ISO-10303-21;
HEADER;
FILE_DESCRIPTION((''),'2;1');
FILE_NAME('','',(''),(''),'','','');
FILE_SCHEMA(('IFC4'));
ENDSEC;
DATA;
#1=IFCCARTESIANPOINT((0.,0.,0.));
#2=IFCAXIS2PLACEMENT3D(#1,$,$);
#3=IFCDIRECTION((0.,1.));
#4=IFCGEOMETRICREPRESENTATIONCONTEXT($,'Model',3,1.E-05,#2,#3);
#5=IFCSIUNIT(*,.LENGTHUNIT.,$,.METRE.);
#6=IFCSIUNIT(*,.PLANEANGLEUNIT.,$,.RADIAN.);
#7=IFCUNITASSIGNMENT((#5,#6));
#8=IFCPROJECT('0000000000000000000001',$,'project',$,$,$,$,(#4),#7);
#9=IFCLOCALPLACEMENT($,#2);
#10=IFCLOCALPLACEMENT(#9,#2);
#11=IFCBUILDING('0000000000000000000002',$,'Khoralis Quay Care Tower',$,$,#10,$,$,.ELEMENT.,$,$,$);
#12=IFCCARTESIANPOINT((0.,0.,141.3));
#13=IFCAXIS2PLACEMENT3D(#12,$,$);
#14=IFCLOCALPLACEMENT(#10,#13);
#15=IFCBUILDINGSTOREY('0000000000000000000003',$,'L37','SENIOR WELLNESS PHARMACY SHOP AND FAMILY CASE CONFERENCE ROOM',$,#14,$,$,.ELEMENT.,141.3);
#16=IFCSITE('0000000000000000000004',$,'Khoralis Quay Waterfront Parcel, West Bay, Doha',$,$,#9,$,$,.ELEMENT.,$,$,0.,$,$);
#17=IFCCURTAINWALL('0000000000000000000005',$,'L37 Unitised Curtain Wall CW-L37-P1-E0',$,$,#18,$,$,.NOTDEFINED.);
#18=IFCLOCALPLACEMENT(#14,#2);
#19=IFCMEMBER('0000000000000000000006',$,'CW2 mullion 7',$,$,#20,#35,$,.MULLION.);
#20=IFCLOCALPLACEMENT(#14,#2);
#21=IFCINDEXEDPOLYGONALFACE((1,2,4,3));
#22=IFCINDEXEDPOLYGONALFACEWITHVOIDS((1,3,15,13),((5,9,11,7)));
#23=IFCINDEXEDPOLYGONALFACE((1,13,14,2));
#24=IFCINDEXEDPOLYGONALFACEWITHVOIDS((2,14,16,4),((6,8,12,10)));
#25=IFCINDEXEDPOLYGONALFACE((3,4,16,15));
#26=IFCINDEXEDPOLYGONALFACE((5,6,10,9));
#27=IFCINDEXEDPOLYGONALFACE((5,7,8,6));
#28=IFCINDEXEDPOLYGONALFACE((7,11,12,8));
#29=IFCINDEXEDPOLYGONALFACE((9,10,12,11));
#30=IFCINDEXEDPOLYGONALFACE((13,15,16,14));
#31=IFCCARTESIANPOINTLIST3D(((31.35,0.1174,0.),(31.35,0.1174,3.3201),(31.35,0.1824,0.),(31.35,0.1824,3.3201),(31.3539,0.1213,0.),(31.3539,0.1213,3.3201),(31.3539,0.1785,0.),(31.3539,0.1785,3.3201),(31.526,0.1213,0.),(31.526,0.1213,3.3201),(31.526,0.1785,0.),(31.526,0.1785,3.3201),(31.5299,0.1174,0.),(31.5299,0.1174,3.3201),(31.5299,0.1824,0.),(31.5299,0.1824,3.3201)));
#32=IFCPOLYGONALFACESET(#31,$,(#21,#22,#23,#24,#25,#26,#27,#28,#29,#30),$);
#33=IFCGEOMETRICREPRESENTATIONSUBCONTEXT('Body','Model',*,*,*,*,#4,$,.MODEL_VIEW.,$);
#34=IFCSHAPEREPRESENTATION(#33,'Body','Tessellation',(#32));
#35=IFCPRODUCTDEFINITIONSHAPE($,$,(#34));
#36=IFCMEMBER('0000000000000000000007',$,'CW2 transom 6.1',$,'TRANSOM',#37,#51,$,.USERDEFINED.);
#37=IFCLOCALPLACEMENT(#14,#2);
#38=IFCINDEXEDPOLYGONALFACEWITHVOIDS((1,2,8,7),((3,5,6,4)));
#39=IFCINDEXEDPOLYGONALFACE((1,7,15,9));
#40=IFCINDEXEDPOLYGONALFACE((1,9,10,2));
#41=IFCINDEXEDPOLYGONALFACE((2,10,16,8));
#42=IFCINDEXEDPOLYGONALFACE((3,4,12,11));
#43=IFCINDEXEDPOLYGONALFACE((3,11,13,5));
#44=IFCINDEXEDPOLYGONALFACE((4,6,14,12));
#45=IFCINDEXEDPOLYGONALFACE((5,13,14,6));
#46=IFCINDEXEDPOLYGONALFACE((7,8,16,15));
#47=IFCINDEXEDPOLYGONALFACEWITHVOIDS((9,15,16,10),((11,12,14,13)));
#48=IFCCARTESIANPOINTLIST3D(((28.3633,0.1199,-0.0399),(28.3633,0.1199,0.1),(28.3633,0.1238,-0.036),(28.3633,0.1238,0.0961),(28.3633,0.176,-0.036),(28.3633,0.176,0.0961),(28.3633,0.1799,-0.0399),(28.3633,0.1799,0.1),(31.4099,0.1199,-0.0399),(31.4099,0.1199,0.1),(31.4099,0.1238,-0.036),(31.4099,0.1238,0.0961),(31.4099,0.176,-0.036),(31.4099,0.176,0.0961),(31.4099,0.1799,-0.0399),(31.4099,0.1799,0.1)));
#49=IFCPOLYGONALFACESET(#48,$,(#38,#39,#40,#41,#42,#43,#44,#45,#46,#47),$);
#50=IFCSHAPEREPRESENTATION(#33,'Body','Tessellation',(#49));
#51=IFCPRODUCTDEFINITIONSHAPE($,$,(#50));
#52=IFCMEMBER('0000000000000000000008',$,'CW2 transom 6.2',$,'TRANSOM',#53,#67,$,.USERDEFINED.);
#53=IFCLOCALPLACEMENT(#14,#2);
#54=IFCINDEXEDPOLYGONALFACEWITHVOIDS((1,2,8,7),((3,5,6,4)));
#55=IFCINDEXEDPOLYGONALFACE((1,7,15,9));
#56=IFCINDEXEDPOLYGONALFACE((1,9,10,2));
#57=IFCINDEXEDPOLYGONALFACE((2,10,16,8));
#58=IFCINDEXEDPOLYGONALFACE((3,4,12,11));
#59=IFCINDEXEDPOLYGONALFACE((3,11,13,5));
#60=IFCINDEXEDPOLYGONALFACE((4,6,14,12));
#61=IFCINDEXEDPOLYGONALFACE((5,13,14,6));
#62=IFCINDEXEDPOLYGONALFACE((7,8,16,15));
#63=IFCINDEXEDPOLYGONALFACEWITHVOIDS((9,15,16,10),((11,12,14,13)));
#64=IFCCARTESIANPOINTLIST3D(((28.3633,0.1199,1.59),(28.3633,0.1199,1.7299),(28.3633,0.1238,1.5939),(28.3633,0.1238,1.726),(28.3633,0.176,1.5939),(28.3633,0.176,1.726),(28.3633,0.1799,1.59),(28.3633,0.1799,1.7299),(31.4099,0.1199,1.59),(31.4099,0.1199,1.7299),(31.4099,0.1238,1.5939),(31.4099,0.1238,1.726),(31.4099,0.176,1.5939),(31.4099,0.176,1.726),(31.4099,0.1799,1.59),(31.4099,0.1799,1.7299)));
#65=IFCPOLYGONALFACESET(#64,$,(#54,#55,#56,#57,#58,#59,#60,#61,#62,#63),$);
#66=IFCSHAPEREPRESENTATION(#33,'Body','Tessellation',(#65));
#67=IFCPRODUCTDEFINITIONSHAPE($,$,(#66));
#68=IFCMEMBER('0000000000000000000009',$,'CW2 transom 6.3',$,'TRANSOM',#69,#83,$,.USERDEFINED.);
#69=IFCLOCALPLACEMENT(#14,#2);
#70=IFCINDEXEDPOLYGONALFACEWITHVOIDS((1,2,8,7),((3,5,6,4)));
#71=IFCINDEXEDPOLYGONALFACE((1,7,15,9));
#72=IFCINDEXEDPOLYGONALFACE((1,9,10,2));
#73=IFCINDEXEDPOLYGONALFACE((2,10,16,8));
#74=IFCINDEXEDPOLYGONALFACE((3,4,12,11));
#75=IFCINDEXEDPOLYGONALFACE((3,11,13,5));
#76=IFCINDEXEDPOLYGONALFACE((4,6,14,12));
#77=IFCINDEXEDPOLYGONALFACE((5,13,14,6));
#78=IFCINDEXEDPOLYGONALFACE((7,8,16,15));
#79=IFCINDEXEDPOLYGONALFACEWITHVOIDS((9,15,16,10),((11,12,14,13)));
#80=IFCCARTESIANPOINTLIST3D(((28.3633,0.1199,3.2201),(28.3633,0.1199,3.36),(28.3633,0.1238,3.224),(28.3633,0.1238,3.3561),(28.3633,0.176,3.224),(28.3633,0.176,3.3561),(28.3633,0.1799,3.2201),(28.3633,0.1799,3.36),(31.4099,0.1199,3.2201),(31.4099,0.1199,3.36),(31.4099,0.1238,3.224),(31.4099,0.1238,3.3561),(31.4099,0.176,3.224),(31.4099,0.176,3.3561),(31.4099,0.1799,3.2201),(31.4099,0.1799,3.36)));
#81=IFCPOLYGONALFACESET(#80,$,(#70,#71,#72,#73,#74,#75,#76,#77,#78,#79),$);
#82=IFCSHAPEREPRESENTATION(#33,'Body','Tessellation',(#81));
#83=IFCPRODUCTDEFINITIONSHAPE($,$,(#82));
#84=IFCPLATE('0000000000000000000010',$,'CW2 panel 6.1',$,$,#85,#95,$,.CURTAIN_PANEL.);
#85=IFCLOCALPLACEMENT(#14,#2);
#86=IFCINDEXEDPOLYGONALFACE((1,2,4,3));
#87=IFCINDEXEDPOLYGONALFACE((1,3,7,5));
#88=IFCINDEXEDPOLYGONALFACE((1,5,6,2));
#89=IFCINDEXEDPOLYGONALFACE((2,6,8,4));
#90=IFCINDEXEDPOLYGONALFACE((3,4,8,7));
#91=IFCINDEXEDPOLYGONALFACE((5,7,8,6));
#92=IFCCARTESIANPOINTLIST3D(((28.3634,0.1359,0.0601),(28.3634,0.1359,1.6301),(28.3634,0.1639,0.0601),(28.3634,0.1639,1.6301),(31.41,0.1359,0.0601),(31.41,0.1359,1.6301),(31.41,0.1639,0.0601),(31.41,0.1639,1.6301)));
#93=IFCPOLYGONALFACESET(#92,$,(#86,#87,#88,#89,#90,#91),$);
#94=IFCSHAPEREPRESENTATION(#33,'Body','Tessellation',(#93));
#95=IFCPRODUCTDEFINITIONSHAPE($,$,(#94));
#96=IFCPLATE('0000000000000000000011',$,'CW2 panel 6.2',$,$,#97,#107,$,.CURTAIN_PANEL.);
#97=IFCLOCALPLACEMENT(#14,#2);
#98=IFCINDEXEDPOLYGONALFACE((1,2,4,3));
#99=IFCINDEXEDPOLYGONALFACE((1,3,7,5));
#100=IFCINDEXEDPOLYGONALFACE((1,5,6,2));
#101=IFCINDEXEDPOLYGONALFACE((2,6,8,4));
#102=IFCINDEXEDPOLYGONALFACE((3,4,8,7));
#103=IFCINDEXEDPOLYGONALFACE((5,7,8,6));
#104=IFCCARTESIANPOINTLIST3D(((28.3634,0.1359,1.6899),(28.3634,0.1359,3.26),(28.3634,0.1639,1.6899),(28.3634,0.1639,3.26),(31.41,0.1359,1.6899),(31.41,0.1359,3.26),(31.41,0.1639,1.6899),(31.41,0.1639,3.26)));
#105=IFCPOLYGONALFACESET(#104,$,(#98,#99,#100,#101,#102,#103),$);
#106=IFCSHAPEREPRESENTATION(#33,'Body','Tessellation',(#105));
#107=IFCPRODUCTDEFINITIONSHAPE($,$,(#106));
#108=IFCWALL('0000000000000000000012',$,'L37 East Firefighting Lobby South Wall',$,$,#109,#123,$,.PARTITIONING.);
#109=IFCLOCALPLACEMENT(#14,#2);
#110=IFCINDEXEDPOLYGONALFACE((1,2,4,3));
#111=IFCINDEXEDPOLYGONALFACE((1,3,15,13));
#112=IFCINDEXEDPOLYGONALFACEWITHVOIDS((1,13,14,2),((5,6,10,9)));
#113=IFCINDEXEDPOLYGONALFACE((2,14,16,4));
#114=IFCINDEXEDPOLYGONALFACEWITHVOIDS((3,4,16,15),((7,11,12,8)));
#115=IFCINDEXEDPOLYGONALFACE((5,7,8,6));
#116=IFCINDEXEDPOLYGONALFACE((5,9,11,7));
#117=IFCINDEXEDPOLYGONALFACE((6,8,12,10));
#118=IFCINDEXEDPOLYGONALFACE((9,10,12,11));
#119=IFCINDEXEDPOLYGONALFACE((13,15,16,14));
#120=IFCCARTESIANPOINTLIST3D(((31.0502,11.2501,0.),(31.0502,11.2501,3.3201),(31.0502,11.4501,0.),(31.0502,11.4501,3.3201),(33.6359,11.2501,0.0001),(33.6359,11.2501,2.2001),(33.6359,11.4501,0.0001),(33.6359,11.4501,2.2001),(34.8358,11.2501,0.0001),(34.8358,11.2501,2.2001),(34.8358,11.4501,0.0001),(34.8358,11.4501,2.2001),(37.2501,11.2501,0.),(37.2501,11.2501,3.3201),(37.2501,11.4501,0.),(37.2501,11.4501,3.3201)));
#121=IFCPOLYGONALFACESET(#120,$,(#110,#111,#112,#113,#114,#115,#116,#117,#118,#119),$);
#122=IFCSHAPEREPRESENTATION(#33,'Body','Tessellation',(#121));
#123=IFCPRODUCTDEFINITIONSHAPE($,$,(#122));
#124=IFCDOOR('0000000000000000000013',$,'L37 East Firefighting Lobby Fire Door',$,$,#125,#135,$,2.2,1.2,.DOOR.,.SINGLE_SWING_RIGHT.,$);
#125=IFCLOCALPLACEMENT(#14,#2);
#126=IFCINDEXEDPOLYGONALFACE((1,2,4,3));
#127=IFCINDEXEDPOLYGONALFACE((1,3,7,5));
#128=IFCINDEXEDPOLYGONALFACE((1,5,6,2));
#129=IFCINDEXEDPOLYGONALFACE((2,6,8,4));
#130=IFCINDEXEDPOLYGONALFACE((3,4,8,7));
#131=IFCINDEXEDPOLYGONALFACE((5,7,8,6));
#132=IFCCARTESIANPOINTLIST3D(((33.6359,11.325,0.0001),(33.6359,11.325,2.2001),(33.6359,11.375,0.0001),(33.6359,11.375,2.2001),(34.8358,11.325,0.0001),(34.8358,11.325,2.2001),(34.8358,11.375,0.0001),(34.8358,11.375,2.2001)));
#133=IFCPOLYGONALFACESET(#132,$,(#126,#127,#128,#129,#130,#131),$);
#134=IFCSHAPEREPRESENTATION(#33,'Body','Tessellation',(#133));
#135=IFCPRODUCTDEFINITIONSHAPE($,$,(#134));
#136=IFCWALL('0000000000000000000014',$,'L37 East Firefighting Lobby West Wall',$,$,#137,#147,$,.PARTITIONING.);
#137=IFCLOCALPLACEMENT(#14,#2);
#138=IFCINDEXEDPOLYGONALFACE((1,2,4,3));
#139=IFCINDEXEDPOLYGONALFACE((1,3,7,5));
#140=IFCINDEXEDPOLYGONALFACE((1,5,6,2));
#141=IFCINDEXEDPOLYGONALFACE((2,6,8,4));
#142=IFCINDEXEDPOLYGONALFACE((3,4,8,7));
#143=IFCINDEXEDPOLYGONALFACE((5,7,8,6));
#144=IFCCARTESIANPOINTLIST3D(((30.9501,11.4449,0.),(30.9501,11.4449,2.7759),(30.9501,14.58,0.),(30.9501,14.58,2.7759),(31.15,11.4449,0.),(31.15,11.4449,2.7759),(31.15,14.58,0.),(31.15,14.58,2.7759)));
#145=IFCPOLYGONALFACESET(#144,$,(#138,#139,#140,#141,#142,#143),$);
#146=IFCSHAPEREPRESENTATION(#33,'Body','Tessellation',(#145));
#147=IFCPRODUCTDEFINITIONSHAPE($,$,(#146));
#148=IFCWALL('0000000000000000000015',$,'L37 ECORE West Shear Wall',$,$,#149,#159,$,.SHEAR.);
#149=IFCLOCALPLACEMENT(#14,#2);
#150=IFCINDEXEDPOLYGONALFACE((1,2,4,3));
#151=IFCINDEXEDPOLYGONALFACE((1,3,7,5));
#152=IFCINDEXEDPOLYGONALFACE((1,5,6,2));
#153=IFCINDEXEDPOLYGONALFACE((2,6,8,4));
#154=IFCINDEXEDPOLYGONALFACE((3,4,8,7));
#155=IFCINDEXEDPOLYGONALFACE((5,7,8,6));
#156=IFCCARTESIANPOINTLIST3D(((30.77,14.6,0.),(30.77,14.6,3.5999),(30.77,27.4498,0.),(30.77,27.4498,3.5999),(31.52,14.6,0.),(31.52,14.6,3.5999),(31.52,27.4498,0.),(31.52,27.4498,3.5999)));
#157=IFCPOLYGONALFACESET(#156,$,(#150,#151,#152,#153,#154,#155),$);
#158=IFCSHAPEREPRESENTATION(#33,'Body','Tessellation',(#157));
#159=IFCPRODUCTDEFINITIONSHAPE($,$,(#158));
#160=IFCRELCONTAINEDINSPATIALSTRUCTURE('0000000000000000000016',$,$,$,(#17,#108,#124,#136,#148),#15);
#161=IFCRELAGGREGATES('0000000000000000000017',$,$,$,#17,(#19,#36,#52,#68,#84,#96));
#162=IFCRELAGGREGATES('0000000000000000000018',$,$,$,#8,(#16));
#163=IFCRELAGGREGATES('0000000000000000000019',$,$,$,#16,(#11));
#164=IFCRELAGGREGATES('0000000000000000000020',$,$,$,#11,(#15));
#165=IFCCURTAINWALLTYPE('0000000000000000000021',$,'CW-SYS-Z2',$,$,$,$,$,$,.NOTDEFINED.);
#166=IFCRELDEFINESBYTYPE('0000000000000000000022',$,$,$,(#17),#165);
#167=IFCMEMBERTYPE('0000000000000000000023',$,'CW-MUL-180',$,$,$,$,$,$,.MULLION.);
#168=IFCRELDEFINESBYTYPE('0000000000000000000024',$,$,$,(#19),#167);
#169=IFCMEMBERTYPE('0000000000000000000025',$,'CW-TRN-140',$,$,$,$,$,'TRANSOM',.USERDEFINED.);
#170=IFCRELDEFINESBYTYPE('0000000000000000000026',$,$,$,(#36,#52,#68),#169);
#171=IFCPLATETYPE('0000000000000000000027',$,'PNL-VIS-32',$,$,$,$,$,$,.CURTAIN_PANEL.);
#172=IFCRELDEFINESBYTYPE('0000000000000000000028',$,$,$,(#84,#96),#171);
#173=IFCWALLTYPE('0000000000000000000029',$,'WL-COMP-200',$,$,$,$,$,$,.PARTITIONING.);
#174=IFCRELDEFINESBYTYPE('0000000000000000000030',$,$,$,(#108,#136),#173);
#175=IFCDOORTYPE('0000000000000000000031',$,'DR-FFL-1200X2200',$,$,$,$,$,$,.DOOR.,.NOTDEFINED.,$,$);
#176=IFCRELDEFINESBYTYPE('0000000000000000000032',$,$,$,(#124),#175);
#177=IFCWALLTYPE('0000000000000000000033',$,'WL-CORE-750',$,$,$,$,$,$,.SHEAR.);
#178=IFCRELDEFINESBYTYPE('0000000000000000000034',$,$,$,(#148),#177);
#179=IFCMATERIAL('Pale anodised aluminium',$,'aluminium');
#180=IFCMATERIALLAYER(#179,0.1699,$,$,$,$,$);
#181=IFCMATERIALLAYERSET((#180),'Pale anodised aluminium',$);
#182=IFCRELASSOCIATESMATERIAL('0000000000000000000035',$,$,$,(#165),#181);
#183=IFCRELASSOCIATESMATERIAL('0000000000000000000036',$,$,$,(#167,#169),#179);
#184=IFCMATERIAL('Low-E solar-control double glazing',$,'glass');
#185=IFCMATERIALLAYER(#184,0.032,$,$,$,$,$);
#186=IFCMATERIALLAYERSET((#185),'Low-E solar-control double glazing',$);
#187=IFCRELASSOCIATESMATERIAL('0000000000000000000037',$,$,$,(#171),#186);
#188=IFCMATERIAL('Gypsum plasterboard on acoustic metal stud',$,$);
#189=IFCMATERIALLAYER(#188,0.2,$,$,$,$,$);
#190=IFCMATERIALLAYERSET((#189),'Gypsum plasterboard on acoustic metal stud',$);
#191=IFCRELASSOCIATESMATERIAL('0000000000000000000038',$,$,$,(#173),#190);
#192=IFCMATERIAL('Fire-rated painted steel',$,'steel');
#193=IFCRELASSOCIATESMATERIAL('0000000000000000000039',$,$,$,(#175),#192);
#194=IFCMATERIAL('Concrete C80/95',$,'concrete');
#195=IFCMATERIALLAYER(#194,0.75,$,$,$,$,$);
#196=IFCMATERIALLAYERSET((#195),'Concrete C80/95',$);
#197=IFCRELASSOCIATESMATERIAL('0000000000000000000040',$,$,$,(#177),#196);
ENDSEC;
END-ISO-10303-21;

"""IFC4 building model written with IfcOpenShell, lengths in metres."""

from ifc_helpers import new_model, si_unit, direction, frame, frame_2d, origin, origin_2d, place, context, subcontext, project, spatial, rectangle, hollow_rectangle, extrude, source, transform, mapped, material, layer, layer_set, material_profile, profile_set, type_object, element, fill, aggregate, save


model = new_model("IFC4")

# Units and contexts
model_context = context("Model", 3, precision=1e-05, world=origin(), true_north=direction((0.0, 1.0)))
body_context = subcontext(model_context, "Body", "Model", "MODEL_VIEW")
ifc_project = project(units=[si_unit("LENGTHUNIT", "METRE"), si_unit("PLANEANGLEUNIT", "RADIAN")], contexts=[model_context])

# Site, building, storey
site_placement = place(None, origin())
site = spatial("IfcSite", under=ifc_project, at=site_placement, Name="Khoralis Quay Waterfront Parcel, West Bay, Doha", CompositionType="ELEMENT", RefElevation=0.0)
building_placement = place(site_placement, origin())
building = spatial("IfcBuilding", under=site, at=building_placement, Name="Khoralis Quay Care Tower", CompositionType="ELEMENT")
storey_placement = place(building_placement, frame((0.0, 0.0, 141.3)))
storey = spatial("IfcBuildingStorey", under=building, at=storey_placement, Name="L37", Description="SENIOR WELLNESS PHARMACY SHOP AND FAMILY CASE CONFERENCE ROOM", CompositionType="ELEMENT", Elevation=141.3)

# Curtain wall, members, plates
ifc_material_1 = material(Name="Pale anodised aluminium", Category="aluminium")
ifc_layer_1 = layer(ifc_material_1, 0.1699)
ifc_layer_set_1 = layer_set([ifc_layer_1], Name="Pale anodised aluminium")
curtain_wall_type = type_object("IfcCurtainWallType", Name="CW-SYS-Z2", PredefinedType="NOTDEFINED", material=ifc_layer_set_1)
curtain_wall_placement = place(storey_placement, origin())
curtain_wall = element("IfcCurtainWall", 1, at=curtain_wall_placement, inside=storey, type_object=curtain_wall_type, Name="L37 Unitised Curtain Wall CW-L37-P1-E0", PredefinedType="NOTDEFINED")
ifc_material_profile_1 = material_profile(ifc_material_1, hollow_rectangle(XDim=0.0649, YDim=0.1799, WallThickness=0.0039, at=origin_2d()), Name="Pale anodised aluminium")
ifc_profile_set_1 = profile_set([ifc_material_profile_1], Name="Pale anodised aluminium")
member_type_1 = type_object("IfcMemberType", Name="CW-MUL-180", PredefinedType="MULLION", material=ifc_profile_set_1)
shared_shape_1 = source(origin(), body_context, "Body", "SweptSolid", [
    extrude(hollow_rectangle(XDim=0.0649, YDim=0.1799, WallThickness=0.0039, at=origin_2d()), origin(), (0.0, 0.0, 1.0), 3.3201),
])
member_1_placement = place(storey_placement, frame((31.4399, 0.1499, 0.0), z_axis=(0.0, 0.0, 1.0), x_axis=(0.0, 1.0, 0.0)))
member_1 = element("IfcMember", 2, at=member_1_placement, type_object=member_type_1, Name="CW2 mullion 7", PredefinedType="MULLION", context=body_context, shape_type="MappedRepresentation", body=[
    mapped(shared_shape_1, transform((0.0, 0.0, 0.0), scale=1.0)),
])
ifc_material_profile_2 = material_profile(ifc_material_1, hollow_rectangle(XDim=0.0601, YDim=0.1399, WallThickness=0.0039, at=origin_2d()), Name="Pale anodised aluminium")
ifc_profile_set_2 = profile_set([ifc_material_profile_2], Name="Pale anodised aluminium")
member_type_2 = type_object("IfcMemberType", Name="CW-TRN-140", ElementType="TRANSOM", PredefinedType="USERDEFINED", material=ifc_profile_set_2)
shared_shape_2 = source(origin(), body_context, "Body", "SweptSolid", [
    extrude(hollow_rectangle(XDim=0.0601, YDim=0.1399, WallThickness=0.0039, at=origin_2d()), origin(), (0.0, 0.0, 1.0), 3.0466),
])
member_2_placement = place(storey_placement, frame((28.3633, 0.1499, 0.03), z_axis=(1.0, 0.0, 0.0), x_axis=(0.0, 1.0, 0.0)))
member_2 = element("IfcMember", 3, at=member_2_placement, type_object=member_type_2, Name="CW2 transom 6.1", ObjectType="TRANSOM", PredefinedType="USERDEFINED", context=body_context, shape_type="MappedRepresentation", body=[
    mapped(shared_shape_2, transform((0.0, 0.0, 0.0), scale=1.0)),
])
member_3_placement = place(storey_placement, frame((28.3633, 0.1499, 1.6599), z_axis=(1.0, 0.0, 0.0), x_axis=(0.0, 1.0, 0.0)))
member_3 = element("IfcMember", 4, at=member_3_placement, type_object=member_type_2, Name="CW2 transom 6.2", ObjectType="TRANSOM", PredefinedType="USERDEFINED", context=body_context, shape_type="MappedRepresentation", body=[
    mapped(shared_shape_2, transform((0.0, 0.0, 0.0), scale=1.0)),
])
member_4_placement = place(storey_placement, frame((28.3633, 0.1499, 3.29), z_axis=(1.0, 0.0, 0.0), x_axis=(0.0, 1.0, 0.0)))
member_4 = element("IfcMember", 5, at=member_4_placement, type_object=member_type_2, Name="CW2 transom 6.3", ObjectType="TRANSOM", PredefinedType="USERDEFINED", context=body_context, shape_type="MappedRepresentation", body=[
    mapped(shared_shape_2, transform((0.0, 0.0, 0.0), scale=1.0)),
])
ifc_material_2 = material(Name="Low-E solar-control double glazing", Category="glass")
ifc_layer_2 = layer(ifc_material_2, 0.032)
ifc_layer_set_2 = layer_set([ifc_layer_2], Name="Low-E solar-control double glazing")
plate_type = type_object("IfcPlateType", Name="PNL-VIS-32", PredefinedType="CURTAIN_PANEL", material=ifc_layer_set_2)
shared_shape_3 = source(origin(), body_context, "Body", "SweptSolid", [
    extrude(rectangle(XDim=3.0466, YDim=0.0281, at=origin_2d()), origin(), (0.0, 0.0, 1.0), 1.5701),
])
plate_1_placement = place(storey_placement, frame((29.8867, 0.1499, 0.0601), z_axis=(0.0, 0.0, 1.0), x_axis=(1.0, 0.0, 0.0)))
plate_1 = element("IfcPlate", 6, at=plate_1_placement, type_object=plate_type, Name="CW2 panel 6.1", PredefinedType="CURTAIN_PANEL", context=body_context, shape_type="MappedRepresentation", body=[
    mapped(shared_shape_3, transform((0.0, 0.0, 0.0), scale=1.0)),
])
plate_2_placement = place(storey_placement, frame((29.8867, 0.1499, 1.6899), z_axis=(0.0, 0.0, 1.0), x_axis=(1.0, 0.0, 0.0)))
plate_2 = element("IfcPlate", 7, at=plate_2_placement, type_object=plate_type, Name="CW2 panel 6.2", PredefinedType="CURTAIN_PANEL", context=body_context, shape_type="MappedRepresentation", body=[
    mapped(shared_shape_3, transform((0.0, 0.0, 0.0), scale=1.0)),
])
aggregate(curtain_wall, [member_1, member_2, member_3, member_4, plate_1, plate_2])

# Wall, opening, door
ifc_material_3 = material(Name="Gypsum plasterboard on acoustic metal stud")
ifc_layer_3 = layer(ifc_material_3, 0.2)
ifc_layer_set_3 = layer_set([ifc_layer_3], Name="Gypsum plasterboard on acoustic metal stud")
wall_type_1 = type_object("IfcWallType", Name="WL-COMP-200", PredefinedType="PARTITIONING", material=ifc_layer_set_3)
wall_1_placement = place(storey_placement, frame((31.05, 11.3501, 0.0), z_axis=(0.0, 0.0, 1.0), x_axis=(1.0, 0.0, 0.0)))
wall_1 = element("IfcWall", 8, at=wall_1_placement, inside=storey, type_object=wall_type_1, Name="L37 East Firefighting Lobby South Wall", PredefinedType="PARTITIONING", context=body_context, shape_type="SweptSolid", body=[
    extrude(rectangle(XDim=6.2, YDim=0.2, at=frame_2d((3.1001, 0.0))), origin(), (0.0, 0.0, 1.0), 3.3201),
])
opening_1_placement = place(wall_1_placement, frame((2.5857, 0.0, 0.0)))
opening_1 = element("IfcOpeningElement", 9, at=opening_1_placement, cuts=wall_1, PredefinedType="OPENING", context=body_context, shape_type="SweptSolid", body=[
    extrude(rectangle(XDim=1.2, YDim=2.2, at=frame_2d((0.6001, 1.1001))), frame((0.0, 0.1099, 0.0), z_axis=(0.0, -1.0, 0.0), x_axis=(1.0, 0.0, 0.0)), (0.0, 0.0, 1.0), 0.22),
])
ifc_material_4 = material(Name="Fire-rated painted steel", Category="steel")
door_type = type_object("IfcDoorType", Name="DR-FFL-1200X2200", OperationType="NOTDEFINED", PredefinedType="DOOR", material=ifc_material_4)
shared_shape_4 = source(origin(), body_context, "Body", "SweptSolid", [
    extrude(rectangle(XDim=1.2, YDim=2.2, at=frame_2d((0.6001, 1.1001))), frame((0.0, 0.0249, 0.0), z_axis=(0.0, -1.0, 0.0), x_axis=(1.0, 0.0, 0.0)), (0.0, 0.0, 1.0), 0.05),
])
door_placement = place(opening_1_placement, origin())
door = element("IfcDoor", 10, at=door_placement, inside=storey, type_object=door_type, Name="L37 East Firefighting Lobby Fire Door", OperationType="SINGLE_SWING_RIGHT", OverallHeight=2.2, OverallWidth=1.2, PredefinedType="DOOR", context=body_context, shape_type="MappedRepresentation", body=[
    mapped(shared_shape_4, transform((0.0, 0.0, 0.0), scale=1.0)),
])
fill(opening_1, door)

# Walls
wall_2_placement = place(storey_placement, frame((31.05, 11.4451, 0.0), z_axis=(0.0, 0.0, 1.0), x_axis=(0.0, 1.0, 0.0)))
element("IfcWall", 11, at=wall_2_placement, inside=storey, type_object=wall_type_1, Name="L37 East Firefighting Lobby West Wall", PredefinedType="PARTITIONING", context=body_context, shape_type="SweptSolid", body=[
    extrude(rectangle(XDim=3.135, YDim=0.2, at=frame_2d((1.5674, 0.0))), origin(), (0.0, 0.0, 1.0), 2.7759),
])
ifc_material_5 = material(Name="Concrete C80/95", Category="concrete")
ifc_layer_4 = layer(ifc_material_5, 0.75)
ifc_layer_set_4 = layer_set([ifc_layer_4], Name="Concrete C80/95")
wall_type_2 = type_object("IfcWallType", Name="WL-CORE-750", PredefinedType="SHEAR", material=ifc_layer_set_4)
wall_3_placement = place(storey_placement, frame((31.145, 14.6001, 0.0), z_axis=(0.0, 0.0, 1.0), x_axis=(0.0, 1.0, 0.0)))
element("IfcWall", 12, at=wall_3_placement, inside=storey, type_object=wall_type_2, Name="L37 ECORE West Shear Wall", PredefinedType="SHEAR", context=body_context, shape_type="SweptSolid", body=[
    extrude(rectangle(XDim=12.8499, YDim=0.75, at=frame_2d((6.4248, 0.0))), origin(), (0.0, 0.0, 1.0), 3.5999),
])

save(model, "model.ifc")
